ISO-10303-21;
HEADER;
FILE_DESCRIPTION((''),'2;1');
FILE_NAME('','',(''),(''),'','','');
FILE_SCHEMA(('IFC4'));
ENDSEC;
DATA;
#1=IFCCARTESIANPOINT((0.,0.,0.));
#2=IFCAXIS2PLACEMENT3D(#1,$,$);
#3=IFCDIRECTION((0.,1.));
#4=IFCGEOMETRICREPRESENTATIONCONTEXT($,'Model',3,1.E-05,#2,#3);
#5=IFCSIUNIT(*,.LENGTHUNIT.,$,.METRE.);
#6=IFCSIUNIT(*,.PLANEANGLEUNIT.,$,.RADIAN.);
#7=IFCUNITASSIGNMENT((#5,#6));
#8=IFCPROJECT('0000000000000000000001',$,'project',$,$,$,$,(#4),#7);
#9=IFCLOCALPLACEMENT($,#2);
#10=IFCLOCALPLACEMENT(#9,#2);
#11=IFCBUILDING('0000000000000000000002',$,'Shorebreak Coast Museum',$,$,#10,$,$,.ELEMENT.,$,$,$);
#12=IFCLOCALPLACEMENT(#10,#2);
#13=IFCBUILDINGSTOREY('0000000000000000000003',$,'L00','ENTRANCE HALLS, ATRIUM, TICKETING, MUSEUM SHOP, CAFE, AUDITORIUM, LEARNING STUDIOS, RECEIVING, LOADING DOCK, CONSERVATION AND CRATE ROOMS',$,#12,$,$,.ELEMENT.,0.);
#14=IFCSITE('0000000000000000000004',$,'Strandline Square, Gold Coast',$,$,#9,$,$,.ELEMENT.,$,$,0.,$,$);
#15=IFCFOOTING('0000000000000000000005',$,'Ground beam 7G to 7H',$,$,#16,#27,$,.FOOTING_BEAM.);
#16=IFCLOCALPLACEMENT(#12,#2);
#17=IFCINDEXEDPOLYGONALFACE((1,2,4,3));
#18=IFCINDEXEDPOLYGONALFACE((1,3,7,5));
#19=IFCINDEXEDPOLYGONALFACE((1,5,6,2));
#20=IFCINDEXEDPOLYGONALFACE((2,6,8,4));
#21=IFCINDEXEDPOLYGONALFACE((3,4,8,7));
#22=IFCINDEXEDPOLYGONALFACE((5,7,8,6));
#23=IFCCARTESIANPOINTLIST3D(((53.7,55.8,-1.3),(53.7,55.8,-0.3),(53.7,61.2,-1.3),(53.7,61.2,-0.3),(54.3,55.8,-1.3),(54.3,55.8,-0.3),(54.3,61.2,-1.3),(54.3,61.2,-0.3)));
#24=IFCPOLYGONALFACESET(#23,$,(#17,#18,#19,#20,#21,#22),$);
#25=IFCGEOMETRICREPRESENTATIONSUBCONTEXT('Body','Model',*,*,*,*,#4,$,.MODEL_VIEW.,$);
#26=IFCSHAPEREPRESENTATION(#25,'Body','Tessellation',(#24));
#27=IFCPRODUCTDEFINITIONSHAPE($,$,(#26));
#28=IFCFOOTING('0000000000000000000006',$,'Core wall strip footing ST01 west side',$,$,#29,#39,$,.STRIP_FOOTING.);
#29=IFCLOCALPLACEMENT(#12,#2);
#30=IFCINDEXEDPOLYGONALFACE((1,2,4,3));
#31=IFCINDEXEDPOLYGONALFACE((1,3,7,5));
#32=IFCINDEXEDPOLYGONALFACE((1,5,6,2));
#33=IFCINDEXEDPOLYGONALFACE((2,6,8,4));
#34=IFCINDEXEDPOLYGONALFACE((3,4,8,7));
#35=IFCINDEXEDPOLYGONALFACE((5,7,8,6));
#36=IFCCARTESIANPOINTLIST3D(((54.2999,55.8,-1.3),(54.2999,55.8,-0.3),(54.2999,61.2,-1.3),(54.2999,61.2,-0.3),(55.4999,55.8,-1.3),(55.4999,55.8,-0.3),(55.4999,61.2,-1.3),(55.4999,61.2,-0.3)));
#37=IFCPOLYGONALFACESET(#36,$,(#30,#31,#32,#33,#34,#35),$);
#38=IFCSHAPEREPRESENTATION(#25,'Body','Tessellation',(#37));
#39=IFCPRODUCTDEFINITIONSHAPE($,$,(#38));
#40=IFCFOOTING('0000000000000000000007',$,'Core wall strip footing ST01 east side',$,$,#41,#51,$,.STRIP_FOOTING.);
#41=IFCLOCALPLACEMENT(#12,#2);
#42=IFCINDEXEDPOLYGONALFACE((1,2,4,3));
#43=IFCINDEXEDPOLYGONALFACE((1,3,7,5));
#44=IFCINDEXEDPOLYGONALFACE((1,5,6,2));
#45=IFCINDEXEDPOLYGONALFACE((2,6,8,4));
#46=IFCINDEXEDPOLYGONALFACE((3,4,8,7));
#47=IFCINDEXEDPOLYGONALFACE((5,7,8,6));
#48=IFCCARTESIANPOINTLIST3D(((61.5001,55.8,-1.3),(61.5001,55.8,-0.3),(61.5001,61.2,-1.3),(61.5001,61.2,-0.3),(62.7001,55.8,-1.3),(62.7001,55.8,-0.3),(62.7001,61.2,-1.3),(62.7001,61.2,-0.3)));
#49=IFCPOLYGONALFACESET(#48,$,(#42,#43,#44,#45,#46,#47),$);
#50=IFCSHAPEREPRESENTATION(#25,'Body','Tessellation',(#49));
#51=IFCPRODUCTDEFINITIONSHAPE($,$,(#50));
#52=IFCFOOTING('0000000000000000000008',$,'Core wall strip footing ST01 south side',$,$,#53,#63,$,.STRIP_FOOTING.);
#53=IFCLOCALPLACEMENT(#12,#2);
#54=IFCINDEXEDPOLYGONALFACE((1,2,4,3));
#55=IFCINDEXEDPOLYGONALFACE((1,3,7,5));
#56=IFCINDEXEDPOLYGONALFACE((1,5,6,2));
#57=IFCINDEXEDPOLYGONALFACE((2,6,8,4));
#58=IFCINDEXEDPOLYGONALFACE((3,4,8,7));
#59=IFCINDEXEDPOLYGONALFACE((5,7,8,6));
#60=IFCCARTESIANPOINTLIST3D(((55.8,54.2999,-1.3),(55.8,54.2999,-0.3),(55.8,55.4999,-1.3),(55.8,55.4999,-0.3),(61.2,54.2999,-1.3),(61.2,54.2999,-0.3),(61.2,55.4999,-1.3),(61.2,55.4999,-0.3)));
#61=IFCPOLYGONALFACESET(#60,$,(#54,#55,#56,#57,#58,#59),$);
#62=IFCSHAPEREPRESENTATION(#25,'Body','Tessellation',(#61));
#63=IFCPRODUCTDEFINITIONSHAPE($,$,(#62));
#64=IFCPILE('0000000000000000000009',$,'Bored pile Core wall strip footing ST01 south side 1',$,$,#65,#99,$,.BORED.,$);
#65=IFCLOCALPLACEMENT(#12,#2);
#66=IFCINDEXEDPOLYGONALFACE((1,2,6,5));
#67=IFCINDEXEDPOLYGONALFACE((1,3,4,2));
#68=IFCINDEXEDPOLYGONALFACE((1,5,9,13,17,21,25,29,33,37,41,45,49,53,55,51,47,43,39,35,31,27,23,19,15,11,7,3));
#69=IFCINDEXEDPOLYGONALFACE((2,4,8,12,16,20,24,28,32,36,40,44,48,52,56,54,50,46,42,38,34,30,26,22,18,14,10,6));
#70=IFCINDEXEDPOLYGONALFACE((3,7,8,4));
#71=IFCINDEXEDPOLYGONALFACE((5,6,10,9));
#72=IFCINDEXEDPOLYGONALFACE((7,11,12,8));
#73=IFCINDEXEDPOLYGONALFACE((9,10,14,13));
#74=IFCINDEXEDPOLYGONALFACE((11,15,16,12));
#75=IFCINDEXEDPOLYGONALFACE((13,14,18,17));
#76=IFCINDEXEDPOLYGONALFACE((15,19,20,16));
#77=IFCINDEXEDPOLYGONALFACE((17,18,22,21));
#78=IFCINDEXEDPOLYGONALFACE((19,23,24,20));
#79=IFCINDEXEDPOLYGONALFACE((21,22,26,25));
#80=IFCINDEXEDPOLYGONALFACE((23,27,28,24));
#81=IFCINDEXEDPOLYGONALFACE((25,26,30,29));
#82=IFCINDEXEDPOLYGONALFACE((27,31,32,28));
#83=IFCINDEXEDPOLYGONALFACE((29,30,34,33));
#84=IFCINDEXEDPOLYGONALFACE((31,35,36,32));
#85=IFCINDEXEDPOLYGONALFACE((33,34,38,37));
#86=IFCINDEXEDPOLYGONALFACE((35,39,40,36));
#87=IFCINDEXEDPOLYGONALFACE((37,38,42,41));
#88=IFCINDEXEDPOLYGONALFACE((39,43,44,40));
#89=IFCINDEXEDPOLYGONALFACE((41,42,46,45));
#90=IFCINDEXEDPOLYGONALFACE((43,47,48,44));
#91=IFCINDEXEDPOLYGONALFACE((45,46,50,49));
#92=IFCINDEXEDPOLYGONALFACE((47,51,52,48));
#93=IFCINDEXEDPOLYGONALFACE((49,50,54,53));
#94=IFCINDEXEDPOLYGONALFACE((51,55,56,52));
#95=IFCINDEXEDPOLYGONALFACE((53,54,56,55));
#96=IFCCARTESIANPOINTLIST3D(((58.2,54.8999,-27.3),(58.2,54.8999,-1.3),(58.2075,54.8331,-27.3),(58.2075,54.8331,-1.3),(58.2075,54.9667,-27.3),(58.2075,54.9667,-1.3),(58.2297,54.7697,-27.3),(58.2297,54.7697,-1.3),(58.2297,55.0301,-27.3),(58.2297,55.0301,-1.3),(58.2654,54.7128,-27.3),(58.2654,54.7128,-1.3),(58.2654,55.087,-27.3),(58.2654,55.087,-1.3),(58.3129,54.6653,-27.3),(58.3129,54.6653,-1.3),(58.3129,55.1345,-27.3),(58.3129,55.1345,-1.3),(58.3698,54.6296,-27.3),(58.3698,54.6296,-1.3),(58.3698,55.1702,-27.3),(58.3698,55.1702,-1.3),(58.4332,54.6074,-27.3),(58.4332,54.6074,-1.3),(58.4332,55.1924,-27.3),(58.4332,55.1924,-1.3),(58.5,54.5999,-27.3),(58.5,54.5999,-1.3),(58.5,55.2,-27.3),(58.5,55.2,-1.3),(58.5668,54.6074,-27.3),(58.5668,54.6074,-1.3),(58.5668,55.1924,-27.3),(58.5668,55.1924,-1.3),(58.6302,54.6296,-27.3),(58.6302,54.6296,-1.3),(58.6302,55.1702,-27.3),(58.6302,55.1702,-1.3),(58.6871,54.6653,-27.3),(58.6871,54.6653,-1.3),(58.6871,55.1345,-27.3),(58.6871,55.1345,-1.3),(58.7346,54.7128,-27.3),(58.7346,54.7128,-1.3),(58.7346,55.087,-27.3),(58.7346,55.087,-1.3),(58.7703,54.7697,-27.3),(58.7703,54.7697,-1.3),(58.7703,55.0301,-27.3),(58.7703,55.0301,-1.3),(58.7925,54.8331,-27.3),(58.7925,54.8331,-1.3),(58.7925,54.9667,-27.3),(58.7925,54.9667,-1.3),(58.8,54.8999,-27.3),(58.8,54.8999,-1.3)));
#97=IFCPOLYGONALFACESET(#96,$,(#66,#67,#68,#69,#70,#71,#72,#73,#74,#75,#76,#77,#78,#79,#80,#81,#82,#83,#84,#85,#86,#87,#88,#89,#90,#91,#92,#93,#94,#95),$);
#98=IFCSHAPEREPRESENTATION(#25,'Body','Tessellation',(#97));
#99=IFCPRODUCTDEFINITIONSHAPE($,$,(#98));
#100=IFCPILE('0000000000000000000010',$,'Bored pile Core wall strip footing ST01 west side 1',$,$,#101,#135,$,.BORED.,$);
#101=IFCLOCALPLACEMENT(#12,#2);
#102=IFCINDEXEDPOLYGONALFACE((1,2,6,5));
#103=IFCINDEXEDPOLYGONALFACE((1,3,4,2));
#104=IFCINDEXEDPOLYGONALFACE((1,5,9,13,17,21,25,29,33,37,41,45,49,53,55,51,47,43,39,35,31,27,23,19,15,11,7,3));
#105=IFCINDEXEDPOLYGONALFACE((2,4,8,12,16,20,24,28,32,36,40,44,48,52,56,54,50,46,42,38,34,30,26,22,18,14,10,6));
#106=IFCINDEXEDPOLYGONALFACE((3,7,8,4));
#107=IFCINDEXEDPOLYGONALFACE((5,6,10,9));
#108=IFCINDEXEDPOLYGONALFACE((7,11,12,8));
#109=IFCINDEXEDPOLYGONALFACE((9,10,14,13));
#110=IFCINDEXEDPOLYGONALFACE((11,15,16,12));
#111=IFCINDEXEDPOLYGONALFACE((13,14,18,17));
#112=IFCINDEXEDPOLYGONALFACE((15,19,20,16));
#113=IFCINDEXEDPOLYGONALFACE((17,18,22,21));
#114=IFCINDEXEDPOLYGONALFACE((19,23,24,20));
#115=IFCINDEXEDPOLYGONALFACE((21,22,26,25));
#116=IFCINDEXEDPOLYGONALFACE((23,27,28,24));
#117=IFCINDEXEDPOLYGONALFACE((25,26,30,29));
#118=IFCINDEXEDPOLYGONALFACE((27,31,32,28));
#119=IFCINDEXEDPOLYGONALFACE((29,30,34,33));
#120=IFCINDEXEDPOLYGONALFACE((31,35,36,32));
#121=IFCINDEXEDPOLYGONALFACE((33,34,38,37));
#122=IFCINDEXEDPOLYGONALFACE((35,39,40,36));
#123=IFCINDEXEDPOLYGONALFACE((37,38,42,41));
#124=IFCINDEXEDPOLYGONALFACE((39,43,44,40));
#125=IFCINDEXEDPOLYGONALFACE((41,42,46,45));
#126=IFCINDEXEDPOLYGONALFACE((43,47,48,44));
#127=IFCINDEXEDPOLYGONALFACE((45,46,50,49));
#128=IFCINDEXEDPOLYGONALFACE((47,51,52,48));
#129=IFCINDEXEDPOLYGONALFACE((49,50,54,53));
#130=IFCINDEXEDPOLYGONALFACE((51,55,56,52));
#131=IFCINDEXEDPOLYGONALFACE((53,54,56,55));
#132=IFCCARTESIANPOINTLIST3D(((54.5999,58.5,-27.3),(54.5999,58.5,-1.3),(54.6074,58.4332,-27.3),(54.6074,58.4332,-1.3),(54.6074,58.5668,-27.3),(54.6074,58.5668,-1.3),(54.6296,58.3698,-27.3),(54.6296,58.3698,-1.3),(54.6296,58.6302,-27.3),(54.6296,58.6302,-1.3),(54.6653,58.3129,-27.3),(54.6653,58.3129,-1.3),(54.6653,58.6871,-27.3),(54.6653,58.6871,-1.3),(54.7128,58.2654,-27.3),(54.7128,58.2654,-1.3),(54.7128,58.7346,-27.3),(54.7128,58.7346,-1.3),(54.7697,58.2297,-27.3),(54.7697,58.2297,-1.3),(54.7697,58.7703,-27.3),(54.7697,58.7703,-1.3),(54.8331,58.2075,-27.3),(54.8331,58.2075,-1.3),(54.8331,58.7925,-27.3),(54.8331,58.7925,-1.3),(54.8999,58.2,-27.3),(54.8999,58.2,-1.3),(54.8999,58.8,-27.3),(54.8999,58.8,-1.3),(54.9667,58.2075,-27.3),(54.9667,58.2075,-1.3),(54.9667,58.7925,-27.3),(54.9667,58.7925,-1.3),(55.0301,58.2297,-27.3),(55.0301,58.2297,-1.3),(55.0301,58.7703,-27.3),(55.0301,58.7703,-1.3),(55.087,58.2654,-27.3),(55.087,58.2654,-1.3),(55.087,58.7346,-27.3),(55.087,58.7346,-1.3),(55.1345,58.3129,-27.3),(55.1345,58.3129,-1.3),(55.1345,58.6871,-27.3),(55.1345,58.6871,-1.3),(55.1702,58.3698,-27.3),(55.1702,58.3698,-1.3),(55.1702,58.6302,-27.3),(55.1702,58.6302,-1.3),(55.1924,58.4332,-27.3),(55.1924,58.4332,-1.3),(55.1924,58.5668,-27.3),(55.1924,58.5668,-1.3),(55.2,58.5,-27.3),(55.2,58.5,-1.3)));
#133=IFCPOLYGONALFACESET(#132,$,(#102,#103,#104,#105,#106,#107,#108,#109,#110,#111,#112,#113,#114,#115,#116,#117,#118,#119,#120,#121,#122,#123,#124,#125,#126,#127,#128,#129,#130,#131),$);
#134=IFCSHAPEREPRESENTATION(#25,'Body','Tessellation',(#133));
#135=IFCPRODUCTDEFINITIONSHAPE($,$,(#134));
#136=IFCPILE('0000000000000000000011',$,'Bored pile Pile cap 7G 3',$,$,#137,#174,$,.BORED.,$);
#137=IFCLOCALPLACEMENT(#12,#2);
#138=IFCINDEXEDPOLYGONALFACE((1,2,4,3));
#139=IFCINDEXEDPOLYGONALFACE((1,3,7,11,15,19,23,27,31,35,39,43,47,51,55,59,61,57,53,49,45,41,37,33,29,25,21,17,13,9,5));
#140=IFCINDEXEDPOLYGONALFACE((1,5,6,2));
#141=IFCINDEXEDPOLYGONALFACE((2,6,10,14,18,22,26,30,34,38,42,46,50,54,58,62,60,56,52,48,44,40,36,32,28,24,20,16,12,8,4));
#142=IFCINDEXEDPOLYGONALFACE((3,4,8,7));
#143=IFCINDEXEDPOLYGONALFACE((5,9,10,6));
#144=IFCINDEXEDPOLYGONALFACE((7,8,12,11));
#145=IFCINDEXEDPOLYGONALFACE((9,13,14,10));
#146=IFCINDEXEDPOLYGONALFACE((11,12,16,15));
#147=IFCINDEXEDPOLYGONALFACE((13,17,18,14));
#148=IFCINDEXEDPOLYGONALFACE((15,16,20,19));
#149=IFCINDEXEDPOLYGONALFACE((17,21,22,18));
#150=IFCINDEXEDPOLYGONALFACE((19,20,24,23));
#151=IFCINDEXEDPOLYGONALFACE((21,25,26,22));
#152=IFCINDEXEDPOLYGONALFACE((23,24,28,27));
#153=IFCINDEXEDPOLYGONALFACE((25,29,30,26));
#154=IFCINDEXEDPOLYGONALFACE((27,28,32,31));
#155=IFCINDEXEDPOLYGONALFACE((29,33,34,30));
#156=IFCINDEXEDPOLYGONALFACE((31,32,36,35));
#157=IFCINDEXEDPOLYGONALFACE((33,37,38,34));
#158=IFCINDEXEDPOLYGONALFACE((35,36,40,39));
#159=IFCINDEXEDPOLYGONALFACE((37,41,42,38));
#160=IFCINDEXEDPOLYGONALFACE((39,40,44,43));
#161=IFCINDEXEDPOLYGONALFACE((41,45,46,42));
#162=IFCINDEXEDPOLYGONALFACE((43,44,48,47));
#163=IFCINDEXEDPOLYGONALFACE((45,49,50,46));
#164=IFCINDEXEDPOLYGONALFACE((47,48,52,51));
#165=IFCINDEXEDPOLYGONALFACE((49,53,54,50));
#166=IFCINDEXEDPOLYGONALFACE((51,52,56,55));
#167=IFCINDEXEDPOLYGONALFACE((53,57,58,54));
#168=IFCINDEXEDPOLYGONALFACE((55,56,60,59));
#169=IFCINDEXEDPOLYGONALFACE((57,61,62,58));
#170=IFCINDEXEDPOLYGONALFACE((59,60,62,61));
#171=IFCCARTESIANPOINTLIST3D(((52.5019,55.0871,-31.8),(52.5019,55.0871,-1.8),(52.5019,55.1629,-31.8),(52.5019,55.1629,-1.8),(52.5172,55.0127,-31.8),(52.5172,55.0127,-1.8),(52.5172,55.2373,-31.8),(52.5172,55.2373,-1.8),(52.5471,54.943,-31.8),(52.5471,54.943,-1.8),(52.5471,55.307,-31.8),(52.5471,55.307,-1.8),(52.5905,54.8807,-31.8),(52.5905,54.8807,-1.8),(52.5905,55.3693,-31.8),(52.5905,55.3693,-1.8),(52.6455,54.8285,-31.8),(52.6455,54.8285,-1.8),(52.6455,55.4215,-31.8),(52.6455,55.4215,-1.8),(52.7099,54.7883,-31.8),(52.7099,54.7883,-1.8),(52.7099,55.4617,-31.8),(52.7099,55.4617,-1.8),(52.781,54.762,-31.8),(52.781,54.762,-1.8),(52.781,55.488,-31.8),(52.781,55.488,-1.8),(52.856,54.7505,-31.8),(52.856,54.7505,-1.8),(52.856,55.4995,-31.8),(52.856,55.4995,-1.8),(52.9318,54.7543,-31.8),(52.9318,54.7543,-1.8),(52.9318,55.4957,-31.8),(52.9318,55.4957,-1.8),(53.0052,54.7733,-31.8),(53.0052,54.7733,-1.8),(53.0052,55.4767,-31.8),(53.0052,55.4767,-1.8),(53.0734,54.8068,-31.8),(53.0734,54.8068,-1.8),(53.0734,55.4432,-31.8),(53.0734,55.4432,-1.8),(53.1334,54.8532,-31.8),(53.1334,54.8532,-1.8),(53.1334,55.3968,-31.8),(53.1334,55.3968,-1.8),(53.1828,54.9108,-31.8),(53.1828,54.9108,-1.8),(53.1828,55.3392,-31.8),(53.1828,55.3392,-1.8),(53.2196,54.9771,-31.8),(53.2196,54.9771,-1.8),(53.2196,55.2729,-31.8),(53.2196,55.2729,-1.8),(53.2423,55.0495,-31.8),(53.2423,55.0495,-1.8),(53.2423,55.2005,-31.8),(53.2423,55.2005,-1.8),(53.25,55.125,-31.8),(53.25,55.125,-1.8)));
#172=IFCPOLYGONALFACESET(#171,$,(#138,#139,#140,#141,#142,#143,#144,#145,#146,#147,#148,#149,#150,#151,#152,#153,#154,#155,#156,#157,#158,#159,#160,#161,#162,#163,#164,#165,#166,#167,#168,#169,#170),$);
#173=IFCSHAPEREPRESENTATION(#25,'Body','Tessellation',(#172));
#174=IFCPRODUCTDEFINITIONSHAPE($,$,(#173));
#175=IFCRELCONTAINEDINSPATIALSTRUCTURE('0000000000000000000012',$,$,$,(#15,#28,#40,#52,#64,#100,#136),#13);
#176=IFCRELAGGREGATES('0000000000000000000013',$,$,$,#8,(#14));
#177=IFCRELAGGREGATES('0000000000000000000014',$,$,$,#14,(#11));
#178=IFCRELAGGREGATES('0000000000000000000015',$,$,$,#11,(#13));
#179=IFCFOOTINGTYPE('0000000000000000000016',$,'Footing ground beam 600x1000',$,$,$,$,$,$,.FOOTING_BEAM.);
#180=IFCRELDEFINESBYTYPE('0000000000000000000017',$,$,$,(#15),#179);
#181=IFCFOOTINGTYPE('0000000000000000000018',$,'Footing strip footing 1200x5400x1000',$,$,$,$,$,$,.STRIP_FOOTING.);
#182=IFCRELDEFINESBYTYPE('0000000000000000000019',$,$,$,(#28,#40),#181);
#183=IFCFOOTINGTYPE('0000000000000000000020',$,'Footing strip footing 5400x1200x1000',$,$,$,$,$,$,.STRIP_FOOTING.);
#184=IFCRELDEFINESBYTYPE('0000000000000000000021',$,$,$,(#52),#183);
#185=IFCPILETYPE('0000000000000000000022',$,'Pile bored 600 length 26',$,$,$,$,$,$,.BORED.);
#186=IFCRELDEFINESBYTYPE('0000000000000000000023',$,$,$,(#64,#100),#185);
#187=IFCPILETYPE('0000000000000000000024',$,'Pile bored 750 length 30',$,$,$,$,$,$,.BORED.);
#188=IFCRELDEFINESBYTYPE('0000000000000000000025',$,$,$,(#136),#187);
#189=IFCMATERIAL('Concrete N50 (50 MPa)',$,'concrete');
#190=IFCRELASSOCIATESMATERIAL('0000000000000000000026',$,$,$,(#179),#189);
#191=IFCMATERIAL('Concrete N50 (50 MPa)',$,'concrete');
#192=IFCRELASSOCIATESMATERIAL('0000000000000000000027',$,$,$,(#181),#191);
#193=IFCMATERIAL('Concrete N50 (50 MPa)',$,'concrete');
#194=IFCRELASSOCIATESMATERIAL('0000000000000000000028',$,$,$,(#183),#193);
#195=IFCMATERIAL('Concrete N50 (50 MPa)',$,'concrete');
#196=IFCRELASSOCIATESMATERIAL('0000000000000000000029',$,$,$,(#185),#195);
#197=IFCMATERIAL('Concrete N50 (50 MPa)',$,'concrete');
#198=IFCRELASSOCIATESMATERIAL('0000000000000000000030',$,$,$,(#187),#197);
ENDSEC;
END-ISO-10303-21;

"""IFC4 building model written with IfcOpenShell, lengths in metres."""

from ifc_helpers import new_model, si_unit, direction, frame, origin, origin_2d, place, context, subcontext, project, spatial, rectangle, circle, extrude, material, material_profile, profile_set, type_object, element, save


model = new_model("IFC4")

# Units and contexts
model_context = context("Model", 3, precision=1e-05, world=origin(), true_north=direction((0.0, 1.0)))
body_context = subcontext(model_context, "Body", "Model", "MODEL_VIEW")
ifc_project = project(units=[si_unit("LENGTHUNIT", "METRE"), si_unit("PLANEANGLEUNIT", "RADIAN")], contexts=[model_context])

# Site, building, storey
site_placement = place(None, origin())
site = spatial("IfcSite", under=ifc_project, at=site_placement, Name="Strandline Square, Gold Coast", CompositionType="ELEMENT", RefElevation=0.0)
building_placement = place(site_placement, origin())
building = spatial("IfcBuilding", under=site, at=building_placement, Name="Shorebreak Coast Museum", CompositionType="ELEMENT")
storey_placement = place(building_placement, origin())
storey = spatial("IfcBuildingStorey", under=building, at=storey_placement, Name="L00", Description="ENTRANCE HALLS, ATRIUM, TICKETING, MUSEUM SHOP, CAFE, AUDITORIUM, LEARNING STUDIOS, RECEIVING, LOADING DOCK, CONSERVATION AND CRATE ROOMS", CompositionType="ELEMENT", Elevation=0.0)

# Footings
ifc_material_1 = material(Name="Concrete N50 (50 MPa)", Category="concrete")
footing_type_1 = type_object("IfcFootingType", Name="Footing ground beam 600x1000", PredefinedType="FOOTING_BEAM", material=ifc_material_1)
footing_1_placement = place(storey_placement, frame((54.0, 58.5, -1.3), z_axis=(0.0, 0.0, 1.0), x_axis=(1.0, 0.0, 0.0)))
element("IfcFooting", 1, at=footing_1_placement, inside=storey, type_object=footing_type_1, Name="Ground beam 7G to 7H", PredefinedType="FOOTING_BEAM", context=body_context, shape_type="SweptSolid", body=[
    extrude(rectangle(XDim=0.6001, YDim=5.3999, at=origin_2d()), origin(), (0.0, 0.0, 1.0), 1.0),
])
ifc_material_2 = material(Name="Concrete N50 (50 MPa)", Category="concrete")
footing_type_2 = type_object("IfcFootingType", Name="Footing strip footing 1200x5400x1000", PredefinedType="STRIP_FOOTING", material=ifc_material_2)
for number, where, z_axis, x_axis, name in (
    (2, (54.8999, 58.5, -1.3), (0.0, 0.0, 1.0), (1.0, 0.0, 0.0), "Core wall strip footing ST01 west side"),
    (3, (62.1001, 58.5, -1.3), (0.0, 0.0, 1.0), (1.0, 0.0, 0.0), "Core wall strip footing ST01 east side"),
):
    element("IfcFooting", number, at=place(storey_placement, frame(where, z_axis=z_axis, x_axis=x_axis)), inside=storey, type_object=footing_type_2, Name=name, PredefinedType="STRIP_FOOTING", context=body_context, shape_type="SweptSolid", body=[
        extrude(rectangle(XDim=1.2, YDim=5.3999, at=origin_2d()), origin(), (0.0, 0.0, 1.0), 1.0),
    ])
ifc_material_3 = material(Name="Concrete N50 (50 MPa)", Category="concrete")
footing_type_3 = type_object("IfcFootingType", Name="Footing strip footing 5400x1200x1000", PredefinedType="STRIP_FOOTING", material=ifc_material_3)
footing_2_placement = place(storey_placement, frame((58.5, 54.8999, -1.3), z_axis=(0.0, 0.0, 1.0), x_axis=(1.0, 0.0, 0.0)))
element("IfcFooting", 4, at=footing_2_placement, inside=storey, type_object=footing_type_3, Name="Core wall strip footing ST01 south side", PredefinedType="STRIP_FOOTING", context=body_context, shape_type="SweptSolid", body=[
    extrude(rectangle(XDim=5.3999, YDim=1.2, at=origin_2d()), origin(), (0.0, 0.0, 1.0), 1.0),
])

# Piles
ifc_material_4 = material(Name="Concrete N50 (50 MPa)", Category="concrete")
ifc_material_profile_1 = material_profile(ifc_material_4, circle(Radius=0.3, at=origin_2d()), Name="Pile bored 600 length 26")
ifc_profile_set_1 = profile_set([ifc_material_profile_1], Name="Concrete N50 (50 MPa)")
pile_type_1 = type_object("IfcPileType", Name="Pile bored 600 length 26", PredefinedType="BORED", material=ifc_profile_set_1)
for number, where, z_axis, x_axis, name in (
    (5, (58.5, 54.8999, -1.3), (0.0, 0.0, -1.0), (1.0, 0.0, 0.0), "Bored pile Core wall strip footing ST01 south side 1"),
    (6, (54.8999, 58.5, -1.3), (0.0, 0.0, -1.0), (1.0, 0.0, 0.0), "Bored pile Core wall strip footing ST01 west side 1"),
):
    element("IfcPile", number, at=place(storey_placement, frame(where, z_axis=z_axis, x_axis=x_axis)), inside=storey, type_object=pile_type_1, Name=name, PredefinedType="BORED", context=body_context, shape_type="SweptSolid", body=[
        extrude(circle(Radius=0.3, at=origin_2d()), origin(), (0.0, 0.0, 1.0), 26.0),
    ])
ifc_material_5 = material(Name="Concrete N50 (50 MPa)", Category="concrete")
ifc_material_profile_2 = material_profile(ifc_material_5, circle(Radius=0.375, at=origin_2d()), Name="Pile bored 750 length 30")
ifc_profile_set_2 = profile_set([ifc_material_profile_2], Name="Concrete N50 (50 MPa)")
pile_type_2 = type_object("IfcPileType", Name="Pile bored 750 length 30", PredefinedType="BORED", material=ifc_profile_set_2)
for number, where, z_axis, x_axis, name in (
    (7, (52.875, 55.125, -1.8), (0.0, 0.0, -1.0), (1.0, 0.0, 0.0), "Bored pile Pile cap 7G 3"),
):
    element("IfcPile", number, at=place(storey_placement, frame(where, z_axis=z_axis, x_axis=x_axis)), inside=storey, type_object=pile_type_2, Name=name, PredefinedType="BORED", context=body_context, shape_type="SweptSolid", body=[
        extrude(circle(Radius=0.375, at=origin_2d()), origin(), (0.0, 0.0, 1.0), 30.0),
    ])

save(model, "model.ifc")
